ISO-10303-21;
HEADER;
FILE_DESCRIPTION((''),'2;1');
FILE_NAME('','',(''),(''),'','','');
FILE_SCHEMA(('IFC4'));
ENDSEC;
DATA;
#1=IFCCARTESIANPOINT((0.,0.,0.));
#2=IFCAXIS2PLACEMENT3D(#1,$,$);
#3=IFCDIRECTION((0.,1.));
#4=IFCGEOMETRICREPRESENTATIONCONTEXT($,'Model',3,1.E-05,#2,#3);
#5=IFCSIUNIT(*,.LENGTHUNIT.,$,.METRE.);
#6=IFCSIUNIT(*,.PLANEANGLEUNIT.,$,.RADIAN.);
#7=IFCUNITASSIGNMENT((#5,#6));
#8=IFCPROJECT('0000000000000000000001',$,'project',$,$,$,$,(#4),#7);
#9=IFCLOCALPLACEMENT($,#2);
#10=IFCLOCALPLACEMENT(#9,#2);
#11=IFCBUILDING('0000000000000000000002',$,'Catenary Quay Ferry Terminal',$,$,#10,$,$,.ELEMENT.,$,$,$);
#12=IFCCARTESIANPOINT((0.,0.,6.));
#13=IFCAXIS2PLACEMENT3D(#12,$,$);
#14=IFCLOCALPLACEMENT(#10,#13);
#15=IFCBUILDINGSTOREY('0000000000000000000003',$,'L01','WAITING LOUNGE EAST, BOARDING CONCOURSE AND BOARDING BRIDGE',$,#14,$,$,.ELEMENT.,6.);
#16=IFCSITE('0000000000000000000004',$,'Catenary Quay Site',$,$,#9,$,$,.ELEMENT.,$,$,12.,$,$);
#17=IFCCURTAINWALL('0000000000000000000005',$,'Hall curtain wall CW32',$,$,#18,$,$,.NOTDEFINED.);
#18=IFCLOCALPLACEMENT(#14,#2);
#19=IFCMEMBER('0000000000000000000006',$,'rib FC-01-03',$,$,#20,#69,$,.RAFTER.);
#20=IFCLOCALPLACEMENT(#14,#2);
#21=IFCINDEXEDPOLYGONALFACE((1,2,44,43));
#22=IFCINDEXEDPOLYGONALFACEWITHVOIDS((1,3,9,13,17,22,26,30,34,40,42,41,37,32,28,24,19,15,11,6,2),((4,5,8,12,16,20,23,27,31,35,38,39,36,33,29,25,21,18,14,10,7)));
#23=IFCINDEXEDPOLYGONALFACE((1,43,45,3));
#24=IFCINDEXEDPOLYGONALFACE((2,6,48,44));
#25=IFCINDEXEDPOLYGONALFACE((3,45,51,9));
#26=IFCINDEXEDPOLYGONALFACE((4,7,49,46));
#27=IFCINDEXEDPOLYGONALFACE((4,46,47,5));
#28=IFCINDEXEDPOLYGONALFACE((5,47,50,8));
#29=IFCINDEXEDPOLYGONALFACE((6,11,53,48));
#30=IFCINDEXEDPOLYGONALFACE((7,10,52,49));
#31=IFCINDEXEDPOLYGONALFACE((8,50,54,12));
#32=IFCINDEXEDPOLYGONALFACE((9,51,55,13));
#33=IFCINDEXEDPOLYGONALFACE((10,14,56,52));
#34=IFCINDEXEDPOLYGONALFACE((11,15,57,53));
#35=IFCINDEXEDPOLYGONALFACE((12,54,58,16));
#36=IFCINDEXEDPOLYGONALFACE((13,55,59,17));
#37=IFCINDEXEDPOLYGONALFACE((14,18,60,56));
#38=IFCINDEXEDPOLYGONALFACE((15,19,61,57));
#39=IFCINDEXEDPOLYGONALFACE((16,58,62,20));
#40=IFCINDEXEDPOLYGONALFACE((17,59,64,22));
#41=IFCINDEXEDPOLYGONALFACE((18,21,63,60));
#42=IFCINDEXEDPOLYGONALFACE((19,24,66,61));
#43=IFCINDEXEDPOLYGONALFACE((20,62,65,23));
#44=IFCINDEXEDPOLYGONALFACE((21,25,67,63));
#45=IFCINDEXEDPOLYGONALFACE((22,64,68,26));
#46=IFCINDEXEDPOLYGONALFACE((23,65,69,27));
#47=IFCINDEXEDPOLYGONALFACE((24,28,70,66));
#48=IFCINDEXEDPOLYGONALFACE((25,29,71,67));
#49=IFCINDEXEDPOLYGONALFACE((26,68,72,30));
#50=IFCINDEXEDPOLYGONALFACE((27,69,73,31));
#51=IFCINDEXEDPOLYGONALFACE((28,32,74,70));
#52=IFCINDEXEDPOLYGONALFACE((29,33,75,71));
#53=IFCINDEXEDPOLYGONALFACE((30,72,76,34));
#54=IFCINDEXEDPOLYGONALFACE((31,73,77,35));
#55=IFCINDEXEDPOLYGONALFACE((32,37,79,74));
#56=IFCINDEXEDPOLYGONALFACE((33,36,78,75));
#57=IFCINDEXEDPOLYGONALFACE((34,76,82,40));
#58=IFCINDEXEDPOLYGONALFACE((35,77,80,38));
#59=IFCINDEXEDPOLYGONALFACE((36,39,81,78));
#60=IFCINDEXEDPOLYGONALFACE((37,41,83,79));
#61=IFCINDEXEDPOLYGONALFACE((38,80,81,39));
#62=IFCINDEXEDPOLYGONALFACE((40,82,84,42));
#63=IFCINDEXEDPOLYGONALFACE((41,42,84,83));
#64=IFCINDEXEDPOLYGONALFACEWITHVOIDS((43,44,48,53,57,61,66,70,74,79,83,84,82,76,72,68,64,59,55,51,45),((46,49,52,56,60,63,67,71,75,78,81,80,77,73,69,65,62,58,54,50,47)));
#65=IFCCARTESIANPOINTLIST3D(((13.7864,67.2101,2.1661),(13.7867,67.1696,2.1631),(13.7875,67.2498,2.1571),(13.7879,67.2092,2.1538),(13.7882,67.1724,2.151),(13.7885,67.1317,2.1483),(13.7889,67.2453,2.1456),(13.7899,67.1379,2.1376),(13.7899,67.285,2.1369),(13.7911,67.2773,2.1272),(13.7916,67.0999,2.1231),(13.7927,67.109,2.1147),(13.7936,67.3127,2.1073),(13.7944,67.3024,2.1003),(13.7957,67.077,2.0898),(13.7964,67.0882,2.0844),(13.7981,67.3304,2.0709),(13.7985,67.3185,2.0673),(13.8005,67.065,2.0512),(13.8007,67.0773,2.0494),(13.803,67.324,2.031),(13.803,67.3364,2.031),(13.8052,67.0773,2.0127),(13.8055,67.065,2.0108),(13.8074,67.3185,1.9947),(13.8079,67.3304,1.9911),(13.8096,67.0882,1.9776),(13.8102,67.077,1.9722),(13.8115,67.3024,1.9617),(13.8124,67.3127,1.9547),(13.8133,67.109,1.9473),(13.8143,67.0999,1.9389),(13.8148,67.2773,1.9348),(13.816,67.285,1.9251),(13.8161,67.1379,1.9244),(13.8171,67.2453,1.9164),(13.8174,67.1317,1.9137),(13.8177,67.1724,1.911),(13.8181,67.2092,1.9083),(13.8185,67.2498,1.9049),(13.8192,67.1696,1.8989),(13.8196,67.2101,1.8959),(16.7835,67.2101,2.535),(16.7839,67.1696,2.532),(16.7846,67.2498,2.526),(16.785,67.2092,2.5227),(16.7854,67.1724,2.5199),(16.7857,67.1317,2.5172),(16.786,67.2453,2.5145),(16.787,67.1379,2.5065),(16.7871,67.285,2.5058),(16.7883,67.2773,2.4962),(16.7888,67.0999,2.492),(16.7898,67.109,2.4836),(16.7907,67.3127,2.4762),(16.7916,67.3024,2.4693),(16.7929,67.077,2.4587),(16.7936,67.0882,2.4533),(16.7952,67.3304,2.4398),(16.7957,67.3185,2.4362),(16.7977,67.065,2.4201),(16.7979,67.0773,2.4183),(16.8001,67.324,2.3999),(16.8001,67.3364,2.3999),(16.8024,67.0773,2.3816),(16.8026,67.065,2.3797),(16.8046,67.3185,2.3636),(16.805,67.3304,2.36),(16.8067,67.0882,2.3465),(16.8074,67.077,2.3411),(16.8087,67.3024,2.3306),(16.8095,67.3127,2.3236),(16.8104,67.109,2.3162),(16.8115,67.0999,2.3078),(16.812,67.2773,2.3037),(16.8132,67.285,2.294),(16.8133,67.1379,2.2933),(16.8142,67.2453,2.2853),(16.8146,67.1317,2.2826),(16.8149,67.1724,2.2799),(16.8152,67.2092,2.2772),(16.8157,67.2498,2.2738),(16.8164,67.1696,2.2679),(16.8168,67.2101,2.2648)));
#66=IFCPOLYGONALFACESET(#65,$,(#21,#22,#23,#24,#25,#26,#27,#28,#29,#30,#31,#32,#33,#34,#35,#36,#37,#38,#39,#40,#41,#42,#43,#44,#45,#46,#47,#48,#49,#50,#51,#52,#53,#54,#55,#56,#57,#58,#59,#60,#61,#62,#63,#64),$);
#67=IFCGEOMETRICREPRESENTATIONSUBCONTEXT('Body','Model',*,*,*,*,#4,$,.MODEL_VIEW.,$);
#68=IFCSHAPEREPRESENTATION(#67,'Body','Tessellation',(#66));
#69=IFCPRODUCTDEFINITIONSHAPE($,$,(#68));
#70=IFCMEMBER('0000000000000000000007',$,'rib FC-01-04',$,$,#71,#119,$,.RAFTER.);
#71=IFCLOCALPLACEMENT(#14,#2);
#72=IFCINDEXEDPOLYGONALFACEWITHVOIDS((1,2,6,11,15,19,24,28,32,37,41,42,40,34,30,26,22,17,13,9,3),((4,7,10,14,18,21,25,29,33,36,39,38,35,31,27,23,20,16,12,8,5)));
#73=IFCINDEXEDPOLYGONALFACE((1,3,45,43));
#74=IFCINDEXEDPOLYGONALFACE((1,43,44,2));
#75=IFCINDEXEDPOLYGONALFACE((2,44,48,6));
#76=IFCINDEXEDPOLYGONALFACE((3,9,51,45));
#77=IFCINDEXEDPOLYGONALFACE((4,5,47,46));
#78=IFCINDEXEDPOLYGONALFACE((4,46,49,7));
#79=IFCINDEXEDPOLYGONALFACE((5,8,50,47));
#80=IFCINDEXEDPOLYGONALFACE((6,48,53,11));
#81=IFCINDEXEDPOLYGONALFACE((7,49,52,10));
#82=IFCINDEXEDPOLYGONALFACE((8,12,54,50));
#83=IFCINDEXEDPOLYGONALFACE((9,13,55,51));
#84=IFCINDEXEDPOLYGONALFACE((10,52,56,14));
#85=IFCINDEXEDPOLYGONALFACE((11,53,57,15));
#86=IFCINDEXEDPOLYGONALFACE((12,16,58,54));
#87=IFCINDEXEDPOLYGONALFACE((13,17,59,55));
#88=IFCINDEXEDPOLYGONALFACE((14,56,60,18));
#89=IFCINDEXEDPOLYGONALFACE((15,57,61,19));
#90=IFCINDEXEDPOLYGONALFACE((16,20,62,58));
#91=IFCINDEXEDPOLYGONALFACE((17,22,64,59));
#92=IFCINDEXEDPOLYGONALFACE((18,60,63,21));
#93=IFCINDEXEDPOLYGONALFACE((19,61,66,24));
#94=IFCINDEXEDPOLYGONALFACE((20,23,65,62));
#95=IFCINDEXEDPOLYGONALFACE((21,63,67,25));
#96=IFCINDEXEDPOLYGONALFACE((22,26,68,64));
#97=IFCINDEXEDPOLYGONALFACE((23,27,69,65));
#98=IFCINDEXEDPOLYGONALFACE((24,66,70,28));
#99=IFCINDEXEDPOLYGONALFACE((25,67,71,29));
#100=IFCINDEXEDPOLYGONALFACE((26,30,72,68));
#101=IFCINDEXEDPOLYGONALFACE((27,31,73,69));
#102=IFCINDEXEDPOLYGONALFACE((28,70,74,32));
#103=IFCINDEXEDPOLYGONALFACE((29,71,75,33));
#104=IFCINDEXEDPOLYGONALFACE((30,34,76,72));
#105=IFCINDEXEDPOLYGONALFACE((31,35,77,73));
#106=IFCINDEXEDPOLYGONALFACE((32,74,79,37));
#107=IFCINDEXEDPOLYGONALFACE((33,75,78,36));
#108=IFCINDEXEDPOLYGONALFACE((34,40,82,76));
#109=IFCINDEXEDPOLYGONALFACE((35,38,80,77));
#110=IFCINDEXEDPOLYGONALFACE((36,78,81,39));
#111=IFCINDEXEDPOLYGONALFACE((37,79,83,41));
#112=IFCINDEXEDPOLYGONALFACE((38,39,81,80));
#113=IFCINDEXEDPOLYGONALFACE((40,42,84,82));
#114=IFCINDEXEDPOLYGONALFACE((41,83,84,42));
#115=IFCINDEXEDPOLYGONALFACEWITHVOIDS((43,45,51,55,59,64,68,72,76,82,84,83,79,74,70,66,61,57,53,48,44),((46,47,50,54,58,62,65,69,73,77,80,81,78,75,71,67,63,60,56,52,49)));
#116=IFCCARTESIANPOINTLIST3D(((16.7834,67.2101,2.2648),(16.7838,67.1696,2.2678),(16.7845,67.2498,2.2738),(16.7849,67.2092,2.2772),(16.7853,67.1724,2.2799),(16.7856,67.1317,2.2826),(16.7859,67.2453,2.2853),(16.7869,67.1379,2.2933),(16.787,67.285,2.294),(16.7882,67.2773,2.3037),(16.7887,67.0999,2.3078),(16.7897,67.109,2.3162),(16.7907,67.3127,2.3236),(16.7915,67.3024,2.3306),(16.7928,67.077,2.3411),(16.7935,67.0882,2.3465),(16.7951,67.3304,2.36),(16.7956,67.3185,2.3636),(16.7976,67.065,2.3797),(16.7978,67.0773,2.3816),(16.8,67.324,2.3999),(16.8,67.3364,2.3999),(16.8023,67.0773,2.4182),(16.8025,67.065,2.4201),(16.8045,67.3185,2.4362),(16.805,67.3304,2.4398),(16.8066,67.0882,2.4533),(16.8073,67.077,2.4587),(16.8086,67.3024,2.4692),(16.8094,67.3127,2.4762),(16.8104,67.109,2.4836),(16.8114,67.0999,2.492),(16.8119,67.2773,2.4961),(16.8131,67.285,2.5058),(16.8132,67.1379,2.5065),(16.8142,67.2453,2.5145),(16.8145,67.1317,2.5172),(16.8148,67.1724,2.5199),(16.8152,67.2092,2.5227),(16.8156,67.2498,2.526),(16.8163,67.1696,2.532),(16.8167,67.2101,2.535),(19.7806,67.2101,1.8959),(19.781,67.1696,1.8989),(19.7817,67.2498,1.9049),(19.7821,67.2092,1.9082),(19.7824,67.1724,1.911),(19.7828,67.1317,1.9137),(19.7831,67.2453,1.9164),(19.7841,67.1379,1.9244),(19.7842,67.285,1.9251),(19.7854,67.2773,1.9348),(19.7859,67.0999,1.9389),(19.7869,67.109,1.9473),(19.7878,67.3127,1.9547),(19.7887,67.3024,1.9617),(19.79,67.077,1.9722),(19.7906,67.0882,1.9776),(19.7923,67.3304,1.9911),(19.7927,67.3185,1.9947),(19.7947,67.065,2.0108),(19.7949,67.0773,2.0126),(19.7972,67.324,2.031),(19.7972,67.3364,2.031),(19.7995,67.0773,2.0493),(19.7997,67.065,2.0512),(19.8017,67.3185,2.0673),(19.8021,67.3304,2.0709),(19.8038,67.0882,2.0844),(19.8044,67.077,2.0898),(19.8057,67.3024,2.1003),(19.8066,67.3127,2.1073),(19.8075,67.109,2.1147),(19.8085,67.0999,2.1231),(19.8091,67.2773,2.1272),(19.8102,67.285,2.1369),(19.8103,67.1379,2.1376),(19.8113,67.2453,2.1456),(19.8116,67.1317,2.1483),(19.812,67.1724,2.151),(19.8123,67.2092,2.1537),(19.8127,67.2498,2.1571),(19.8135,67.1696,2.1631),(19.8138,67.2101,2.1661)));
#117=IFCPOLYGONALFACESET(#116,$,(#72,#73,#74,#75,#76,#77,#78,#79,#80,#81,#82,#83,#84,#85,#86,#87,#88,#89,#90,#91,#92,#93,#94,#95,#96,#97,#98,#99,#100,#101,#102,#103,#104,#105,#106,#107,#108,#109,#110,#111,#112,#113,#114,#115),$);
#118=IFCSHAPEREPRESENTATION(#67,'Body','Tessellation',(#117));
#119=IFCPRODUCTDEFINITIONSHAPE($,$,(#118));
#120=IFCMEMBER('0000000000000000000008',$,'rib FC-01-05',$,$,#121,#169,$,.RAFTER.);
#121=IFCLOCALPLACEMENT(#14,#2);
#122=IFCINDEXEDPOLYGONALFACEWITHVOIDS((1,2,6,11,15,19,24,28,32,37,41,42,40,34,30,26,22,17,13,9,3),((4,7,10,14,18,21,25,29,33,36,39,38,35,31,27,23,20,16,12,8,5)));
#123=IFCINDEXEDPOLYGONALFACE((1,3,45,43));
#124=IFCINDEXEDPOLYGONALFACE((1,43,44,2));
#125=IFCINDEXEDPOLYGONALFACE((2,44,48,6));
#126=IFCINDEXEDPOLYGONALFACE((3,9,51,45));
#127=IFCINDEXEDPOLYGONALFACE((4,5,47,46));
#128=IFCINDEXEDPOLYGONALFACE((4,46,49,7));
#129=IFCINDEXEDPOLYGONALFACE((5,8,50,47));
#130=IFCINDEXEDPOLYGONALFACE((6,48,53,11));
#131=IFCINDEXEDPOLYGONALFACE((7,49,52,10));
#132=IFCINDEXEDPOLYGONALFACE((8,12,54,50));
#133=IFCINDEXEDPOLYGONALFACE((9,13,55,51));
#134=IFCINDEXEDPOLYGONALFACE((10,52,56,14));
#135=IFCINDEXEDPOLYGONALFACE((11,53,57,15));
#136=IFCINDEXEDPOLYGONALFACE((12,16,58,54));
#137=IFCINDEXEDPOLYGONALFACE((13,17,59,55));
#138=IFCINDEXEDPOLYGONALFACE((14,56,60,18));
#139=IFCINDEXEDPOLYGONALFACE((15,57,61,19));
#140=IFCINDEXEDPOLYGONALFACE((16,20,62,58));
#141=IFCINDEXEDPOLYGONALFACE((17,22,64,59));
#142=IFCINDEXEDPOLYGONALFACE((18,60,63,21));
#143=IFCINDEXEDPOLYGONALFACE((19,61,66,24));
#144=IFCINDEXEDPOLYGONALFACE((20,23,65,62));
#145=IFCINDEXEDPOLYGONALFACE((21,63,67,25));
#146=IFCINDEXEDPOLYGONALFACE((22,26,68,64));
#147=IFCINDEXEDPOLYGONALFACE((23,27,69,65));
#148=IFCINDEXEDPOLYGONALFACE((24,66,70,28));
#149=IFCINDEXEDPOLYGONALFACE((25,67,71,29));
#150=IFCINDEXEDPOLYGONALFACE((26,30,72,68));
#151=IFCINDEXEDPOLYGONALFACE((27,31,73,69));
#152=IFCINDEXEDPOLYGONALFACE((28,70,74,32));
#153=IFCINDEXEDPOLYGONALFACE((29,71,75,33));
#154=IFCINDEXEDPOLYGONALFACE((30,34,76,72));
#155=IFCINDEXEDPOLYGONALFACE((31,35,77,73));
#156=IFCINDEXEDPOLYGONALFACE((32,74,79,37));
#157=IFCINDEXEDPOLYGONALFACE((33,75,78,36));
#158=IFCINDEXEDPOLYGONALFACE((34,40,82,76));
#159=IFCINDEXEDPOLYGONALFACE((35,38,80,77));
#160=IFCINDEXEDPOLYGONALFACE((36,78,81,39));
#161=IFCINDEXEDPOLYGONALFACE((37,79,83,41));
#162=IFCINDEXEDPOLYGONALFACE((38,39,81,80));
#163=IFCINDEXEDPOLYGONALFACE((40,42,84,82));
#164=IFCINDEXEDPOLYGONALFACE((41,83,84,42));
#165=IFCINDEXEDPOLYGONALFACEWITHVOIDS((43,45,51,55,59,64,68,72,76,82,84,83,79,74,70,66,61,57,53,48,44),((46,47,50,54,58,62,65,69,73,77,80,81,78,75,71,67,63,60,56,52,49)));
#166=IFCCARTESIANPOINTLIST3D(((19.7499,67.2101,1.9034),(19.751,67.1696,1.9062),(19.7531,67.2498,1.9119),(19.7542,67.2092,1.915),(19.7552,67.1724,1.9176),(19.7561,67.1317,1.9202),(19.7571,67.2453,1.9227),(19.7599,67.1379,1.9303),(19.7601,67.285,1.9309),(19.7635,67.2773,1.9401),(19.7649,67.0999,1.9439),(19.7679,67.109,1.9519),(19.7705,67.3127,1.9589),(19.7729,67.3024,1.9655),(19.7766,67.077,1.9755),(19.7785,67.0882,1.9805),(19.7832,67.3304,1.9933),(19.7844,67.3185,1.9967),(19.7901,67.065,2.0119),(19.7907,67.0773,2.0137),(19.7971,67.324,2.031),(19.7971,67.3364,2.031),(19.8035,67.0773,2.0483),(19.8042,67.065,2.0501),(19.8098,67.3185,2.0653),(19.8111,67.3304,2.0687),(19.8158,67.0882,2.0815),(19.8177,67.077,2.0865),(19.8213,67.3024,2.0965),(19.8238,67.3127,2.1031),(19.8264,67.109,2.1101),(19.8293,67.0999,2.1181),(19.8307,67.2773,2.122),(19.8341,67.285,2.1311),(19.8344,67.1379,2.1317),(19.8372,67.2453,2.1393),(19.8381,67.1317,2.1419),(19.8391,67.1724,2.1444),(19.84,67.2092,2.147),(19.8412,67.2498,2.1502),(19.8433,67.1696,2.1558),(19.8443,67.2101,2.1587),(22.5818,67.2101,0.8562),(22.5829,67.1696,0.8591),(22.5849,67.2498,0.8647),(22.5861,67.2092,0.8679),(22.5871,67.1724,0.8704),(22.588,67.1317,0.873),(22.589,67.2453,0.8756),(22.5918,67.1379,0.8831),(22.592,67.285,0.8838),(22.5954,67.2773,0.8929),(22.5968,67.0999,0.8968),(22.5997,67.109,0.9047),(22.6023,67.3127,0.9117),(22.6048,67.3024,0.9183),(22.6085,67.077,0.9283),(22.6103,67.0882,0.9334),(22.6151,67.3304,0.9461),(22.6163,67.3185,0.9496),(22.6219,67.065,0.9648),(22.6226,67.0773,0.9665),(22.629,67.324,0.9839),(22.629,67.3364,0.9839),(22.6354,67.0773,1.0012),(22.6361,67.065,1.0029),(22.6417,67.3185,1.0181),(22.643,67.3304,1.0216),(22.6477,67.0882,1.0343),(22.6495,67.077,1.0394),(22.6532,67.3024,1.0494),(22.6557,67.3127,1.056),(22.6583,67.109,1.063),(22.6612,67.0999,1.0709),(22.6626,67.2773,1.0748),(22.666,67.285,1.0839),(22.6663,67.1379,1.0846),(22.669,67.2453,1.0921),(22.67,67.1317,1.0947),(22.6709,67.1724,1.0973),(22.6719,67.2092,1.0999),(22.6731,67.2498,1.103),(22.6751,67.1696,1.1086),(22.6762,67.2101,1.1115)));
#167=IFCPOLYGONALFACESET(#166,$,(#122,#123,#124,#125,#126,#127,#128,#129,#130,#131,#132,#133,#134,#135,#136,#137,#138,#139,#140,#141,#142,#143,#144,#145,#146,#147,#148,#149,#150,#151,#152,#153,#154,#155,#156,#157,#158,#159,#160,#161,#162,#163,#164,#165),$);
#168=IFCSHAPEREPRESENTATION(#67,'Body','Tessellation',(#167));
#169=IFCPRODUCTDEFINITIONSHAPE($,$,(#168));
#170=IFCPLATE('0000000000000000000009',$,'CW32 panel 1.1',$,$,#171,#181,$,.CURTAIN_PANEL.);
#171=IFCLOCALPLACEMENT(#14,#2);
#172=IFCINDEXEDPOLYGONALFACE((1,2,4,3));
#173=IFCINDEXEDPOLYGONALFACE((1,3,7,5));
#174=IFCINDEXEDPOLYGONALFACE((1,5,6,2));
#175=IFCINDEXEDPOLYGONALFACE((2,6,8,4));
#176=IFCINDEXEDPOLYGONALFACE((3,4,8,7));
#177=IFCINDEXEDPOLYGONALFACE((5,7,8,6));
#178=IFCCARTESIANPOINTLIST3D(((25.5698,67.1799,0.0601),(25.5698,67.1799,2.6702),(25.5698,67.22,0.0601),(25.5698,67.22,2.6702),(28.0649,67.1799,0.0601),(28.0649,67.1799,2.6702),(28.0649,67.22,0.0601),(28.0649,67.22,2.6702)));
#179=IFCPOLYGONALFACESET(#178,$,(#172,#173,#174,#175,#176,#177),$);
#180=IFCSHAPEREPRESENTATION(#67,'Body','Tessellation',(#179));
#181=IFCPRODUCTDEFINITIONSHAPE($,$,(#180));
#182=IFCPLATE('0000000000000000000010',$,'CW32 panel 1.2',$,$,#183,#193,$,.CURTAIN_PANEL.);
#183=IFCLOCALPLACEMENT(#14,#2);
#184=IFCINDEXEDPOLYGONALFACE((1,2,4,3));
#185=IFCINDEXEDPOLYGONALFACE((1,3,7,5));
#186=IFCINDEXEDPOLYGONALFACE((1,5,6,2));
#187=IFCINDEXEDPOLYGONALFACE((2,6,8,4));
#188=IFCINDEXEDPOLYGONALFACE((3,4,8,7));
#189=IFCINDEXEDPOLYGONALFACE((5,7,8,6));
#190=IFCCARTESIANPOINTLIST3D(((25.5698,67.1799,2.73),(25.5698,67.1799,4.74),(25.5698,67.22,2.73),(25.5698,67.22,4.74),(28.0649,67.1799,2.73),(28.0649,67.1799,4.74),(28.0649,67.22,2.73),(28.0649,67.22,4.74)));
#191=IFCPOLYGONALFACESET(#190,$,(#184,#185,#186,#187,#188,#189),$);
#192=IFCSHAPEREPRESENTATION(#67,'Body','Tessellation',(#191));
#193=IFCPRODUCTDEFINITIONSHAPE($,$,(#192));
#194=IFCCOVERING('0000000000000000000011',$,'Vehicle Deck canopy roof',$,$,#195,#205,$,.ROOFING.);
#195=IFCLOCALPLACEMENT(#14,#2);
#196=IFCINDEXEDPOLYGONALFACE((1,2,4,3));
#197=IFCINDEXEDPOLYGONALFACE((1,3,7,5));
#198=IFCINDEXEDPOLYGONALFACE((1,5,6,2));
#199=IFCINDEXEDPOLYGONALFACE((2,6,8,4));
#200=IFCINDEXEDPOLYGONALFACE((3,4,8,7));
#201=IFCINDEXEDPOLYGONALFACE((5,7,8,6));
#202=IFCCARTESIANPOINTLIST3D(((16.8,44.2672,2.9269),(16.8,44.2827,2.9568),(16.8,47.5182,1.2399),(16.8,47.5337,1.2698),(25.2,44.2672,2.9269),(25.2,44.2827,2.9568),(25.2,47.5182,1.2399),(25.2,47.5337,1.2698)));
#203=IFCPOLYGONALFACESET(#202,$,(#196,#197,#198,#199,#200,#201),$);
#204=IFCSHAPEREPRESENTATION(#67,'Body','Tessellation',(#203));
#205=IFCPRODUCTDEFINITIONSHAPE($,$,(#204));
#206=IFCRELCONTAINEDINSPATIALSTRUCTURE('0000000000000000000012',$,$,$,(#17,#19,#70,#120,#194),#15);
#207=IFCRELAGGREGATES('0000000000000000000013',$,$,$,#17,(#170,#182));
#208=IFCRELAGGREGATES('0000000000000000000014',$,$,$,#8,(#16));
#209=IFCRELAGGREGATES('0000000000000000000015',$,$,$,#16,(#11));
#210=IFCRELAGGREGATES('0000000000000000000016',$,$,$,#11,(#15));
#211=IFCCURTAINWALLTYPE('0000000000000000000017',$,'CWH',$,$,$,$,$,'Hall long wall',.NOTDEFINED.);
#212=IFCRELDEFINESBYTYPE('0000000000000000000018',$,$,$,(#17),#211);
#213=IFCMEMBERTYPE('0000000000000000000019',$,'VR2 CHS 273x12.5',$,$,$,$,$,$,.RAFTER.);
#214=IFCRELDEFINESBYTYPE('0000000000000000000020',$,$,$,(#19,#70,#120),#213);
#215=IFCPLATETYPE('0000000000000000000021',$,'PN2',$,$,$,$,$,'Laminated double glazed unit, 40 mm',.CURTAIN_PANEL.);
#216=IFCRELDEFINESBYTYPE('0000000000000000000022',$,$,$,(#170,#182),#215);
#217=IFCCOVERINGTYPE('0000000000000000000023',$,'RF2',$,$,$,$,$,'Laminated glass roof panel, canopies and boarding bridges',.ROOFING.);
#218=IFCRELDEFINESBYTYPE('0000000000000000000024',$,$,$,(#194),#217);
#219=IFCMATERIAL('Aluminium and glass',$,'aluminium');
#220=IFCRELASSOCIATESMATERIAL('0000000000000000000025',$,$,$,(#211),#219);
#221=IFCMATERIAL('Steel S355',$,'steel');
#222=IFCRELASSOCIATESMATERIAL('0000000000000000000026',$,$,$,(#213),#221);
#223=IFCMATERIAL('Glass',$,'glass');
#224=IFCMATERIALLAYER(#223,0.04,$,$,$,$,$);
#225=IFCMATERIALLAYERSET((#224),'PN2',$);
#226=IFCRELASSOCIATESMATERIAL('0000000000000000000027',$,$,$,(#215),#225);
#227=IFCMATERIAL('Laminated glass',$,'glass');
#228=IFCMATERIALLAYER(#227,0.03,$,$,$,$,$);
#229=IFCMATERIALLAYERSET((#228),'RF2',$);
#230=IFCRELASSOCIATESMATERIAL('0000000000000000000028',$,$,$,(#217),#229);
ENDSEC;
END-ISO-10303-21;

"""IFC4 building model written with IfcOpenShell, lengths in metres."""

from ifc_helpers import new_model, si_unit, direction, frame, origin, origin_2d, place, context, subcontext, project, spatial, polyline, rectangle, hollow_circle, outline, extrude, material, layer, layer_set, material_profile, profile_set, type_object, element, aggregate, save


model = new_model("IFC4")

# Units and contexts
model_context = context("Model", 3, precision=1e-05, world=origin(), true_north=direction((0.0, 1.0)))
body_context = subcontext(model_context, "Body", "Model", "MODEL_VIEW")
ifc_project = project(units=[si_unit("LENGTHUNIT", "METRE"), si_unit("PLANEANGLEUNIT", "RADIAN")], contexts=[model_context])

# Site, building, storey
site_placement = place(None, origin())
site = spatial("IfcSite", under=ifc_project, at=site_placement, Name="Catenary Quay Site", CompositionType="ELEMENT", RefElevation=12.0)
building_placement = place(site_placement, origin())
building = spatial("IfcBuilding", under=site, at=building_placement, Name="Catenary Quay Ferry Terminal", CompositionType="ELEMENT")
storey_placement = place(building_placement, frame((0.0, 0.0, 6.0)))
storey = spatial("IfcBuildingStorey", under=building, at=storey_placement, Name="L01", Description="WAITING LOUNGE EAST, BOARDING CONCOURSE AND BOARDING BRIDGE", CompositionType="ELEMENT", Elevation=6.0)

# Curtain wall
ifc_material_1 = material(Name="Aluminium and glass", Category="aluminium")
curtain_wall_type = type_object("IfcCurtainWallType", Name="CWH", ElementType="Hall long wall", PredefinedType="NOTDEFINED", material=ifc_material_1)
curtain_wall_placement = place(storey_placement, origin())
curtain_wall = element("IfcCurtainWall", 1, at=curtain_wall_placement, inside=storey, type_object=curtain_wall_type, Name="Hall curtain wall CW32", PredefinedType="NOTDEFINED")

# Members
ifc_material_2 = material(Name="Steel S355", Category="steel")
ifc_material_profile_1 = material_profile(ifc_material_2, hollow_circle(Radius=0.1365, WallThickness=0.0125, at=origin_2d()), Name="CHS 273x12.5")
ifc_profile_set_1 = profile_set([ifc_material_profile_1], Name="Steel S355")
member_type_1 = type_object("IfcMemberType", Name="VR2 CHS 273x12.5", PredefinedType="RAFTER", material=ifc_profile_set_1)
for number, where, z_axis, x_axis, name in (
    (2, (13.803, 67.2, 2.031), (0.99251, 0.0, 0.122164), (0.0, 1.0, 0.0), "rib FC-01-03"),
    (3, (16.8, 67.2, 2.3999), (0.99251, 0.0, -0.122164), (0.0, 1.0, 0.0), "rib FC-01-04"),
):
    element("IfcMember", number, at=place(storey_placement, frame(where, z_axis=z_axis, x_axis=x_axis)), inside=storey, type_object=member_type_1, Name=name, PredefinedType="RAFTER", context=body_context, shape_type="SweptSolid", body=[
        extrude(hollow_circle(Radius=0.1365, WallThickness=0.0125, at=origin_2d()), origin(), (0.0, 0.0, 1.0), 3.0198),
    ])
member_1_placement = place(storey_placement, frame((19.7971, 67.2, 2.031), z_axis=(0.937931, 0.0, -0.346822), x_axis=(0.0, 1.0, 0.0)))
element("IfcMember", 4, at=member_1_placement, inside=storey, type_object=member_type_1, Name="rib FC-01-05", PredefinedType="RAFTER", context=body_context, shape_type="SweptSolid", body=[
    extrude(hollow_circle(Radius=0.1365, WallThickness=0.0125, at=origin_2d()), origin(), (0.0, 0.0, 1.0), 3.0193),
])

# Plates
ifc_material_3 = material(Name="Glass", Category="glass")
ifc_layer_1 = layer(ifc_material_3, 0.04)
ifc_layer_set_1 = layer_set([ifc_layer_1], Name="PN2")
plate_type = type_object("IfcPlateType", Name="PN2", ElementType="Laminated double glazed unit, 40 mm", PredefinedType="CURTAIN_PANEL", material=ifc_layer_set_1)
plate_1_placement = place(storey_placement, frame((26.8174, 67.2, 0.0601), z_axis=(0.0, 0.0, 1.0), x_axis=(1.0, 0.0, 0.0)))
plate_1 = element("IfcPlate", 5, at=plate_1_placement, type_object=plate_type, Name="CW32 panel 1.1", PredefinedType="CURTAIN_PANEL", context=body_context, shape_type="SweptSolid", body=[
    extrude(rectangle(XDim=2.4951, YDim=0.04, at=origin_2d()), origin(), (0.0, 0.0, 1.0), 2.6101),
])
plate_2_placement = place(storey_placement, frame((26.8174, 67.2, 2.73), z_axis=(0.0, 0.0, 1.0), x_axis=(1.0, 0.0, 0.0)))
plate_2 = element("IfcPlate", 6, at=plate_2_placement, type_object=plate_type, Name="CW32 panel 1.2", PredefinedType="CURTAIN_PANEL", context=body_context, shape_type="SweptSolid", body=[
    extrude(rectangle(XDim=2.4951, YDim=0.04, at=origin_2d()), origin(), (0.0, 0.0, 1.0), 2.01),
])
aggregate(curtain_wall, [plate_1, plate_2])

# Covering
ifc_material_4 = material(Name="Laminated glass", Category="glass")
ifc_layer_2 = layer(ifc_material_4, 0.03)
ifc_layer_set_2 = layer_set([ifc_layer_2], Name="RF2")
covering_type = type_object("IfcCoveringType", Name="RF2", ElementType="Laminated glass roof panel, canopies and boarding bridges", PredefinedType="ROOFING", material=ifc_layer_set_2)
covering_1_placement = place(storey_placement, frame((16.8, 44.2827, 2.9568), z_axis=(0.0, 0.460601, 0.887607), x_axis=(1.0, 0.0, 0.0)))
element("IfcCovering", 7, at=covering_1_placement, inside=storey, type_object=covering_type, Name="Vehicle Deck canopy roof", PredefinedType="ROOFING", context=body_context, shape_type="SweptSolid", body=[
    extrude(outline(polyline([(0.0, 0.0), (8.3999, 0.0), (8.3999, 3.6626), (0.0, 3.6626), (0.0, 0.0)])), origin(), (0.0, 0.0, -1.0), 0.0337),
])

save(model, "model.ifc")
